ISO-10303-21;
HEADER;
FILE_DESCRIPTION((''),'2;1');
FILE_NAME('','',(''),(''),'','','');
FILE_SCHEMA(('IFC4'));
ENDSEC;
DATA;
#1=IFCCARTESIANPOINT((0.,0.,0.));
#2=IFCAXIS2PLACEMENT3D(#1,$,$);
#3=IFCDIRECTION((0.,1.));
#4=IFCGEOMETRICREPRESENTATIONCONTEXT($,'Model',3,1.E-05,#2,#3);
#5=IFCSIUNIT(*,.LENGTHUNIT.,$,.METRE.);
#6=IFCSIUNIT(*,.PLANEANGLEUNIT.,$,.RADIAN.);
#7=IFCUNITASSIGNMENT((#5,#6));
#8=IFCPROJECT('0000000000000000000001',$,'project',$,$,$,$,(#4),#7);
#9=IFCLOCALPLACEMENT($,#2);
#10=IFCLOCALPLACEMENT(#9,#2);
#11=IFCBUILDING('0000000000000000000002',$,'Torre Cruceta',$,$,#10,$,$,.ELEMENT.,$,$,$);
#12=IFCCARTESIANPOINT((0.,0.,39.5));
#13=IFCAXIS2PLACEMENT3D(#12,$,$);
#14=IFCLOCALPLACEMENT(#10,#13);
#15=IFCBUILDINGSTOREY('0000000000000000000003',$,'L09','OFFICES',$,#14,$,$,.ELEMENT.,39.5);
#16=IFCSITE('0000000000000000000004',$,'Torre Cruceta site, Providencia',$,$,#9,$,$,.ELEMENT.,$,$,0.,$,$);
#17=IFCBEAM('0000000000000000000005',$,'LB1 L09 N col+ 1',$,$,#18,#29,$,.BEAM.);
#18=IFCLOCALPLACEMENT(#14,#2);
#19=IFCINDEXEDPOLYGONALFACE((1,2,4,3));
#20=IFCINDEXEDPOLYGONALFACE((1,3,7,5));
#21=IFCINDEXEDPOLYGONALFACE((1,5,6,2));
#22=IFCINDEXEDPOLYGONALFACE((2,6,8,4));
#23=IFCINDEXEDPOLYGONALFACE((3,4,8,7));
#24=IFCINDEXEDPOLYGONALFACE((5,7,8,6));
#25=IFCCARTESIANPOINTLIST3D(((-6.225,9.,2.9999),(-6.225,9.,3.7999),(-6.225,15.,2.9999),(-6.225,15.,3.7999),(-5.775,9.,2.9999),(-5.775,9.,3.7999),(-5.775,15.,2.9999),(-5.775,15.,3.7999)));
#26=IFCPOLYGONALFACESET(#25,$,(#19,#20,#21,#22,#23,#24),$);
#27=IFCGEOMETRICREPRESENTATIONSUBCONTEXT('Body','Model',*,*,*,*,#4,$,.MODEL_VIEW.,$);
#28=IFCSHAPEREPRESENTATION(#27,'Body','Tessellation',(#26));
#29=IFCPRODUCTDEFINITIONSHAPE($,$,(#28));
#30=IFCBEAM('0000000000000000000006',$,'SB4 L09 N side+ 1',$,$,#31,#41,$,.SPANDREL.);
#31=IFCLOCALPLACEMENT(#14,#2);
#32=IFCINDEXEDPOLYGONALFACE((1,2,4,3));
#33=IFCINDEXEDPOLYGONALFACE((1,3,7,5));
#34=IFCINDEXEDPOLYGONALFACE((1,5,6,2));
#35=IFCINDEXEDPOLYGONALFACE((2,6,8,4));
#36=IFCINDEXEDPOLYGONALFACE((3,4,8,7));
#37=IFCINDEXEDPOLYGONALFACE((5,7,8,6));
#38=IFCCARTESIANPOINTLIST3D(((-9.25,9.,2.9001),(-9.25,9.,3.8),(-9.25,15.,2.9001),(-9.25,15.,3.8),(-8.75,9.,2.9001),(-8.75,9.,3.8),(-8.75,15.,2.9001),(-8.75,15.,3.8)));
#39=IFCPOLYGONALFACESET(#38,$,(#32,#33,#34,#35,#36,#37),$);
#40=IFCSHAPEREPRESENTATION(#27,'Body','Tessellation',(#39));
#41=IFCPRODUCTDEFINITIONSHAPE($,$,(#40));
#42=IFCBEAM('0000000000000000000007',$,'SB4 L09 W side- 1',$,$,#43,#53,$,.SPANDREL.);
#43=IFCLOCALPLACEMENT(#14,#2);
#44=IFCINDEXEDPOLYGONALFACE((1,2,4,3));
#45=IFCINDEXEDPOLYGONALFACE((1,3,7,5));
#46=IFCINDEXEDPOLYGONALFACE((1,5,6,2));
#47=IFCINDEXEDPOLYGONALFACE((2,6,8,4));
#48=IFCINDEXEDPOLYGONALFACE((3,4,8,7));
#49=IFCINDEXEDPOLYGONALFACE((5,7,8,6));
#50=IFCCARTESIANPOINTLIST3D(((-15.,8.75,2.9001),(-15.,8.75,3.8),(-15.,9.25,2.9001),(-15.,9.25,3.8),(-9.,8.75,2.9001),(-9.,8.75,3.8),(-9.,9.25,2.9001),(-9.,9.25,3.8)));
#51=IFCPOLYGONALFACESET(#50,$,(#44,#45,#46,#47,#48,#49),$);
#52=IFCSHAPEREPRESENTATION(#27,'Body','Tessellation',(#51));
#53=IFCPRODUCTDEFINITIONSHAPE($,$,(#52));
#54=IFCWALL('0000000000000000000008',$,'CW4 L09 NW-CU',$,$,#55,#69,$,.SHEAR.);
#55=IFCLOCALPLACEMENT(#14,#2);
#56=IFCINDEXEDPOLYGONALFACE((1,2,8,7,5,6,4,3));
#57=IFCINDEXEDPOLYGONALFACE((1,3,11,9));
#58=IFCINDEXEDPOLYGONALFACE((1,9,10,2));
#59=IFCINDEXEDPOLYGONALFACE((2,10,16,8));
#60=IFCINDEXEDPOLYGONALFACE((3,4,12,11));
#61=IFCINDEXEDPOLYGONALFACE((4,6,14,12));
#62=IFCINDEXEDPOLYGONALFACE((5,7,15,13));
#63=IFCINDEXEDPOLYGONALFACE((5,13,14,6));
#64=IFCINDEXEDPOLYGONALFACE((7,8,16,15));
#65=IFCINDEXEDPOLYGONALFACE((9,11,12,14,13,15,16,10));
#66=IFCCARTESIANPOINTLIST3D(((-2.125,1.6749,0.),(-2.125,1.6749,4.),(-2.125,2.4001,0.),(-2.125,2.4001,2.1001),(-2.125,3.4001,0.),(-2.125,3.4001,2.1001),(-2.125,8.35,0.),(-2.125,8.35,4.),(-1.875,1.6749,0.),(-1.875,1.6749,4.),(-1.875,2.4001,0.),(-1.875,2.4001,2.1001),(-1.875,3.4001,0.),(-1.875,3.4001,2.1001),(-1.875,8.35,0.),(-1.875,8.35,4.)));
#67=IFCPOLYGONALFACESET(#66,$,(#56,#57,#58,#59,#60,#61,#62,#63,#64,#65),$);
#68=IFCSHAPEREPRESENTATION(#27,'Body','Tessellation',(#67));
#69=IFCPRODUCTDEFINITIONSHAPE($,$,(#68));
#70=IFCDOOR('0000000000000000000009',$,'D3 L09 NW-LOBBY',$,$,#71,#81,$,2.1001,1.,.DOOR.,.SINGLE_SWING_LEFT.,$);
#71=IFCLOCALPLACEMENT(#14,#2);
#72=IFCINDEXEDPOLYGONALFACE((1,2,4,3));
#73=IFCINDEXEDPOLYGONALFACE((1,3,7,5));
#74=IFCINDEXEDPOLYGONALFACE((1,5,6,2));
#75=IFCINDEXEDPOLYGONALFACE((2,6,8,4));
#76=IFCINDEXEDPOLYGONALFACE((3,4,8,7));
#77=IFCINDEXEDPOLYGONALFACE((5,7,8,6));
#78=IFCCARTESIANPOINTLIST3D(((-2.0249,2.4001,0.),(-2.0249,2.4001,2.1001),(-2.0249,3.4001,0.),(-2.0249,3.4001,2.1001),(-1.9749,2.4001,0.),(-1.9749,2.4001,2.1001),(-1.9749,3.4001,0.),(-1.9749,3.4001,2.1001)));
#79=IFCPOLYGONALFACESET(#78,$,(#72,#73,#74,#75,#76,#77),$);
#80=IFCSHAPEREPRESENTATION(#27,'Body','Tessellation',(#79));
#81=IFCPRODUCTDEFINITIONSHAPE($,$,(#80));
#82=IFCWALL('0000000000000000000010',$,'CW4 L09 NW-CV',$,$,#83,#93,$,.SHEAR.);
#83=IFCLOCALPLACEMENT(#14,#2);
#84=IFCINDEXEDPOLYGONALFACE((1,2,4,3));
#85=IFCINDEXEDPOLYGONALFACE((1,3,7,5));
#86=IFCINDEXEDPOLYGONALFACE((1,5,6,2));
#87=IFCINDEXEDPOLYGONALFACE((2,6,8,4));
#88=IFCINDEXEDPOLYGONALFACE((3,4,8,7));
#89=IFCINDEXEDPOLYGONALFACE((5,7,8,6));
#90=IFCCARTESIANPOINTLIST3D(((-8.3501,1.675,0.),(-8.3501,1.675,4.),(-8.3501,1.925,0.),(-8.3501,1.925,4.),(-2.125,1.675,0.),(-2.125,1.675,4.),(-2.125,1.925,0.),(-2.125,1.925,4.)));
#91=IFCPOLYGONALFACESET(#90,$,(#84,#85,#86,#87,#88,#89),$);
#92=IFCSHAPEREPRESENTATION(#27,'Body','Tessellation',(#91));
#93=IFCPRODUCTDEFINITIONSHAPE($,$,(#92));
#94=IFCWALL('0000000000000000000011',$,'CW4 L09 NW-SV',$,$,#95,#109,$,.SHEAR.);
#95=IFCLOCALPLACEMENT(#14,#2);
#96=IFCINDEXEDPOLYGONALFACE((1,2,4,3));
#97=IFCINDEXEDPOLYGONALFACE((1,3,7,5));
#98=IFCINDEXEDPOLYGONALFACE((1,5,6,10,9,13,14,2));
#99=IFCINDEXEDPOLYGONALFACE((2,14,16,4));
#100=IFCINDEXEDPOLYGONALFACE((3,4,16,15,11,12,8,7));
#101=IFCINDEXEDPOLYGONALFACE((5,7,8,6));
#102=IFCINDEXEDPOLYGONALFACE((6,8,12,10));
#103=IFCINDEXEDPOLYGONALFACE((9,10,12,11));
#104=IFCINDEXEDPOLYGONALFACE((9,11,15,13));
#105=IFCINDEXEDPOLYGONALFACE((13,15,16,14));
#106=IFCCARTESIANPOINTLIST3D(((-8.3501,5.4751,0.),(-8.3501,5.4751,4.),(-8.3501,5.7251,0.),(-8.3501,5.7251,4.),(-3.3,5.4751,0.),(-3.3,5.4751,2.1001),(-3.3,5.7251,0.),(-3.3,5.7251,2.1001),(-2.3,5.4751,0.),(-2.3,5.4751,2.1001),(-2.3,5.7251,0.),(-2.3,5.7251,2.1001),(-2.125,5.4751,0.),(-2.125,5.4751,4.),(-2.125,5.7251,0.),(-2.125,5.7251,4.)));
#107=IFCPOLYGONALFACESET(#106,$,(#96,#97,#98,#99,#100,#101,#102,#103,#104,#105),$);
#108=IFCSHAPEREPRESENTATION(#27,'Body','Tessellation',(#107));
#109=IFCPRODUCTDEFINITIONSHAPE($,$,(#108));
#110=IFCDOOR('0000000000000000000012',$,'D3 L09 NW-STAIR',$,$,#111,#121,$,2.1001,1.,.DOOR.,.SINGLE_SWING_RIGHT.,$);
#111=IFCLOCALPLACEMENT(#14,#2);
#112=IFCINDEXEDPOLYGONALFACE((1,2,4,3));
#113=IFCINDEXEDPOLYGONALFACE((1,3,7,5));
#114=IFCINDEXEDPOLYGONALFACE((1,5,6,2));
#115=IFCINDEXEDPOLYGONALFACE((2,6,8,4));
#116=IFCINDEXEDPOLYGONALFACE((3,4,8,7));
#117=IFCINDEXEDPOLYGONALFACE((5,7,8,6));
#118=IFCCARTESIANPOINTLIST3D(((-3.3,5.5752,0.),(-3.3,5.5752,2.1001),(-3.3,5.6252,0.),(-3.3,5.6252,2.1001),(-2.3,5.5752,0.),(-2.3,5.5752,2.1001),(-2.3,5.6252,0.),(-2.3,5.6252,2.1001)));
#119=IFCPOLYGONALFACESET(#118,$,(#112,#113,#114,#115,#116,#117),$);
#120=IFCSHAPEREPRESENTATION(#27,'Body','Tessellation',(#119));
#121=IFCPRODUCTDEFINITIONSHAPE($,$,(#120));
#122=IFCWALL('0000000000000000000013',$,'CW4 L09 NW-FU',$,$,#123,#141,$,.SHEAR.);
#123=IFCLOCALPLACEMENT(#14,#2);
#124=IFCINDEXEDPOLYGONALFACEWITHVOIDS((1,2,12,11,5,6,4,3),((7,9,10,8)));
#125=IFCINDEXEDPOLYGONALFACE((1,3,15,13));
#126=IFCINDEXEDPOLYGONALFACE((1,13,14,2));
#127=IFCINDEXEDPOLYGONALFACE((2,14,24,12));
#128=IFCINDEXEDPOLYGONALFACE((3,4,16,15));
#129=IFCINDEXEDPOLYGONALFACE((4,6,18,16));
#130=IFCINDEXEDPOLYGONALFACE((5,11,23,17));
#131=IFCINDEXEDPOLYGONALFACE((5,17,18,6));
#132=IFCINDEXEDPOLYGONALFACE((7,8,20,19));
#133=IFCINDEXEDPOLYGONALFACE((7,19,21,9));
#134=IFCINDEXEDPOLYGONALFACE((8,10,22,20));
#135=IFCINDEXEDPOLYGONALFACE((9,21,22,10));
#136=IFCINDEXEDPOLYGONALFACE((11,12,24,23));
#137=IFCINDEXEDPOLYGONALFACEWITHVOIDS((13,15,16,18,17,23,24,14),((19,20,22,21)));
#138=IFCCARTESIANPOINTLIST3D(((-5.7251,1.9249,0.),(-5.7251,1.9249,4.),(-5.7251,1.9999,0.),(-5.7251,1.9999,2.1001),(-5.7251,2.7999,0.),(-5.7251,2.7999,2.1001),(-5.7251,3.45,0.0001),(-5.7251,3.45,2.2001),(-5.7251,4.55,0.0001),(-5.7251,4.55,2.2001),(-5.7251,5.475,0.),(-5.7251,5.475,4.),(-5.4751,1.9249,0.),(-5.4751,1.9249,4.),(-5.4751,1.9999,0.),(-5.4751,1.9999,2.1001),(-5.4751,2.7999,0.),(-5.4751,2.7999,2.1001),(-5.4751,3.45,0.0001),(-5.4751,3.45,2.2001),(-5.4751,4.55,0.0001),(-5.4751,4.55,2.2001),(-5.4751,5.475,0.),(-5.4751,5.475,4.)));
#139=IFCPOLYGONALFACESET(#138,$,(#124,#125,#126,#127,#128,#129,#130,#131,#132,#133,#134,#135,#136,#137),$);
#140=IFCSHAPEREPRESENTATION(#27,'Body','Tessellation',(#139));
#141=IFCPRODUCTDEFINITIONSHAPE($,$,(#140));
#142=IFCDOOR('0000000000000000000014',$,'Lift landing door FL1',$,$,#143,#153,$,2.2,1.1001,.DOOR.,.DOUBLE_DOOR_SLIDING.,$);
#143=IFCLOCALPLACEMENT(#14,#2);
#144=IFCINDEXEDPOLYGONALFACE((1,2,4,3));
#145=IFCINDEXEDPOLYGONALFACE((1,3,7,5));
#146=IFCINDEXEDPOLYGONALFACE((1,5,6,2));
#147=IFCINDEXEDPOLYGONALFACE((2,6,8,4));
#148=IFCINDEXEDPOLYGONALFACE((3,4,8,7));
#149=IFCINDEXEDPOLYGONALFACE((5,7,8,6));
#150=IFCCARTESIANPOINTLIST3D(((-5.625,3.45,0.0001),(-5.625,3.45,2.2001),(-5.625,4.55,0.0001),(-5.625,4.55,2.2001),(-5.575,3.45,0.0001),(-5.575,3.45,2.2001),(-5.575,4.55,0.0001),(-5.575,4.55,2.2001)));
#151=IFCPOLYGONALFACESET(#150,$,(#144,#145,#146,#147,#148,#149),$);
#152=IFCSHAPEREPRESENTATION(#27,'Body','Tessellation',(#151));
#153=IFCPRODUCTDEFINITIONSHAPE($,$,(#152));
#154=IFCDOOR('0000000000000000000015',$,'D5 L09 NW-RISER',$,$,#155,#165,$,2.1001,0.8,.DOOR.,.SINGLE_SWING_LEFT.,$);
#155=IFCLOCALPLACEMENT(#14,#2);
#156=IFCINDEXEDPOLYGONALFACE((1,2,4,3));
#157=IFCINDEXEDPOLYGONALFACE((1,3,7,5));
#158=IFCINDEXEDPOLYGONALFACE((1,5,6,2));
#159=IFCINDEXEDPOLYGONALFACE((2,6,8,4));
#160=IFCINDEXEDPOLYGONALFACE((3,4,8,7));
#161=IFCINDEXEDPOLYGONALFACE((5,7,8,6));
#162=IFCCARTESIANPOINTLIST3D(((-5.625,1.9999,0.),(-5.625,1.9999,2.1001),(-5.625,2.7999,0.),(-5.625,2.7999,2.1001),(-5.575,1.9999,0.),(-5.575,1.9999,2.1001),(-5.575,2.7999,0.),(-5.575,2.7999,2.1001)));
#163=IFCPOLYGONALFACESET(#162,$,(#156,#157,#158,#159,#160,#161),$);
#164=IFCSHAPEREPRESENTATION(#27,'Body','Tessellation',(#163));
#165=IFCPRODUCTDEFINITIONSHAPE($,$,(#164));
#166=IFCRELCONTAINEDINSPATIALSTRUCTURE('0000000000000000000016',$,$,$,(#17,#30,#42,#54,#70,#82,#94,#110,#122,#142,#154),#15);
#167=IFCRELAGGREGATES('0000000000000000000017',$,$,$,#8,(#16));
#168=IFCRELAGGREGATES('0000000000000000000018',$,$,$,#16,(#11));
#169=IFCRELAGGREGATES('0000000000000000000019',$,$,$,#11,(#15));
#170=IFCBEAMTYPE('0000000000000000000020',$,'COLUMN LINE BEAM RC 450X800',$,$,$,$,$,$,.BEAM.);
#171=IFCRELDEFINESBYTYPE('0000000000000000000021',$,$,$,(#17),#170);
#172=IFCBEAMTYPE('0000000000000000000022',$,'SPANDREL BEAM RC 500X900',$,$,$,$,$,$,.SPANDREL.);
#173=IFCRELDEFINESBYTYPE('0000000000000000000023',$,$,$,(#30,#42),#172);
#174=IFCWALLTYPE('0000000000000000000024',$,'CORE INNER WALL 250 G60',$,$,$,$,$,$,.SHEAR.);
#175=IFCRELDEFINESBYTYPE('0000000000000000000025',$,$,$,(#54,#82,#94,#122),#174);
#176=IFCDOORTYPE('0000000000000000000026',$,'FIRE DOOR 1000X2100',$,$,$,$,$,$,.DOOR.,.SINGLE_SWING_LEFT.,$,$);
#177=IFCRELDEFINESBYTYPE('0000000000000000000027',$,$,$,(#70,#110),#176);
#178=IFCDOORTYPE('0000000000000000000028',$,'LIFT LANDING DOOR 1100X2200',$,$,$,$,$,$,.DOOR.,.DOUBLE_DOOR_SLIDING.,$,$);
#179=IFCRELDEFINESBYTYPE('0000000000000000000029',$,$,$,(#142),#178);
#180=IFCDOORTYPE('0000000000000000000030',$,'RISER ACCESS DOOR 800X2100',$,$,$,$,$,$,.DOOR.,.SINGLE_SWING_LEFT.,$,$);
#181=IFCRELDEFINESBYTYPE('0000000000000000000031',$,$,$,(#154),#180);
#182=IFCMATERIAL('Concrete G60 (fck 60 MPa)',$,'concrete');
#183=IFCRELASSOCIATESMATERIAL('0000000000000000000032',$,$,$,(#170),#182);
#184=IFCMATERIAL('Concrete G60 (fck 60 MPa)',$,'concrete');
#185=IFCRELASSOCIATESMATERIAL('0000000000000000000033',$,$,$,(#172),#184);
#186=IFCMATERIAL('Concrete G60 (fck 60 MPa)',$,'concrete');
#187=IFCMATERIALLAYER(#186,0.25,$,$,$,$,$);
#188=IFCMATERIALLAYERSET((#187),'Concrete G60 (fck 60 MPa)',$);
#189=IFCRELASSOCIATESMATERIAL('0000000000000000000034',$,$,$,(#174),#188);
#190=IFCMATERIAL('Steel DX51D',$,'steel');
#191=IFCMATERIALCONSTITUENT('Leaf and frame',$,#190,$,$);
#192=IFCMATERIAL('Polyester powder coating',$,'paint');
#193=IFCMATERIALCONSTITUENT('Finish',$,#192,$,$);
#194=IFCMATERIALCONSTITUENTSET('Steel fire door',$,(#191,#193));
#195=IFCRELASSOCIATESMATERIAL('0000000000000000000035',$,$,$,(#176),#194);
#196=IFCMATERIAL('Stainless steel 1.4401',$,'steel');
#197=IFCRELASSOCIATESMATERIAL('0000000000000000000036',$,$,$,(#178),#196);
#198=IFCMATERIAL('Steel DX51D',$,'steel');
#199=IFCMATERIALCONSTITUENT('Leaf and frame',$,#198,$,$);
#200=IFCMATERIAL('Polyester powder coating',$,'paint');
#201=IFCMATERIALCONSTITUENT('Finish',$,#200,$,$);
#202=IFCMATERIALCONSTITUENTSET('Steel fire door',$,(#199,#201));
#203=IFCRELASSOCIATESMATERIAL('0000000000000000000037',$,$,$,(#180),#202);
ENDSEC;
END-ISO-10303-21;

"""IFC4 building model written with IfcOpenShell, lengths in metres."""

from ifc_helpers import new_model, si_unit, direction, frame, frame_2d, origin, origin_2d, place, context, subcontext, project, spatial, rectangle, extrude, material, layer, layer_set, constituent, constituent_set, material_profile, profile_set, type_object, element, fill, save


model = new_model("IFC4")

# Units and contexts
model_context = context("Model", 3, precision=1e-05, world=origin(), true_north=direction((0.0, 1.0)))
body_context = subcontext(model_context, "Body", "Model", "MODEL_VIEW")
ifc_project = project(units=[si_unit("LENGTHUNIT", "METRE"), si_unit("PLANEANGLEUNIT", "RADIAN")], contexts=[model_context])

# Site, building, storey
site_placement = place(None, origin())
site = spatial("IfcSite", under=ifc_project, at=site_placement, Name="Torre Cruceta site, Providencia", CompositionType="ELEMENT", RefElevation=0.0)
building_placement = place(site_placement, origin())
building = spatial("IfcBuilding", under=site, at=building_placement, Name="Torre Cruceta", CompositionType="ELEMENT")
storey_placement = place(building_placement, frame((0.0, 0.0, 39.5)))
storey = spatial("IfcBuildingStorey", under=building, at=storey_placement, Name="L09", Description="OFFICES", CompositionType="ELEMENT", Elevation=39.5)

# Beams
ifc_material_1 = material(Name="Concrete G60 (fck 60 MPa)", Category="concrete")
ifc_material_profile_1 = material_profile(ifc_material_1, rectangle(XDim=0.45, YDim=0.8, at=origin_2d()), Name="RC 450X800")
ifc_profile_set_1 = profile_set([ifc_material_profile_1], Name="Concrete G60 (fck 60 MPa)")
beam_type_1 = type_object("IfcBeamType", Name="COLUMN LINE BEAM RC 450X800", PredefinedType="BEAM", material=ifc_profile_set_1)
beam_placement = place(storey_placement, frame((-6.0, 9.0, 3.3999), z_axis=(0.0, 1.0, 0.0), x_axis=(-1.0, 0.0, 0.0)))
element("IfcBeam", 1, at=beam_placement, inside=storey, type_object=beam_type_1, Name="LB1 L09 N col+ 1", PredefinedType="BEAM", context=body_context, shape_type="SweptSolid", body=[
    extrude(rectangle(XDim=0.45, YDim=0.8, at=origin_2d()), origin(), (0.0, 0.0, 1.0), 6.0),
])
ifc_material_2 = material(Name="Concrete G60 (fck 60 MPa)", Category="concrete")
ifc_material_profile_2 = material_profile(ifc_material_2, rectangle(XDim=0.5, YDim=0.8999, at=origin_2d()), Name="RC 500X900")
ifc_profile_set_2 = profile_set([ifc_material_profile_2], Name="Concrete G60 (fck 60 MPa)")
beam_type_2 = type_object("IfcBeamType", Name="SPANDREL BEAM RC 500X900", PredefinedType="SPANDREL", material=ifc_profile_set_2)
for number, where, z_axis, x_axis, name in (
    (2, (-9.0, 9.0, 3.3501), (0.0, 1.0, 0.0), (-1.0, 0.0, 0.0), "SB4 L09 N side+ 1"),
    (3, (-9.0, 9.0, 3.3501), (-1.0, 0.0, 0.0), (0.0, -1.0, 0.0), "SB4 L09 W side- 1"),
):
    element("IfcBeam", number, at=place(storey_placement, frame(where, z_axis=z_axis, x_axis=x_axis)), inside=storey, type_object=beam_type_2, Name=name, PredefinedType="SPANDREL", context=body_context, shape_type="SweptSolid", body=[
        extrude(rectangle(XDim=0.5, YDim=0.8999, at=origin_2d()), origin(), (0.0, 0.0, 1.0), 6.0),
    ])

# Wall, opening, door
ifc_material_3 = material(Name="Concrete G60 (fck 60 MPa)", Category="concrete")
ifc_layer_1 = layer(ifc_material_3, 0.25)
ifc_layer_set_1 = layer_set([ifc_layer_1], Name="Concrete G60 (fck 60 MPa)")
wall_type_1 = type_object("IfcWallType", Name="CORE INNER WALL 250 G60", PredefinedType="SHEAR", material=ifc_layer_set_1)
wall_1_placement = place(storey_placement, frame((-2.0, 1.675, 0.0), z_axis=(0.0, 0.0, 1.0), x_axis=(0.0, 1.0, 0.0)))
wall_1 = element("IfcWall", 4, at=wall_1_placement, inside=storey, type_object=wall_type_1, Name="CW4 L09 NW-CU", PredefinedType="SHEAR", context=body_context, shape_type="SweptSolid", body=[
    extrude(rectangle(XDim=6.675, YDim=0.25, at=frame_2d((3.3374, 0.0))), origin(), (0.0, 0.0, 1.0), 4.0),
])
opening_1_placement = place(wall_1_placement, frame((0.7251, 0.0, 0.0)))
opening_1 = element("IfcOpeningElement", 5, at=opening_1_placement, cuts=wall_1, PredefinedType="OPENING", context=body_context, shape_type="SweptSolid", body=[
    extrude(rectangle(XDim=1.0, YDim=2.1001, at=frame_2d((0.5, 1.05))), frame((0.0, 0.135, 0.0), z_axis=(0.0, -1.0, 0.0), x_axis=(1.0, 0.0, 0.0)), (0.0, 0.0, 1.0), 0.27),
])
ifc_material_4 = material(Name="Steel DX51D", Category="steel")
ifc_constituent_1 = constituent(ifc_material_4, Name="Leaf and frame")
ifc_material_5 = material(Name="Polyester powder coating", Category="paint")
ifc_constituent_2 = constituent(ifc_material_5, Name="Finish")
ifc_constituent_set_1 = constituent_set(constituents=[ifc_constituent_1, ifc_constituent_2], Name="Steel fire door")
door_type_1 = type_object("IfcDoorType", Name="FIRE DOOR 1000X2100", OperationType="SINGLE_SWING_LEFT", PredefinedType="DOOR", material=ifc_constituent_set_1)
door_1_placement = place(opening_1_placement, origin())
door_1 = element("IfcDoor", 6, at=door_1_placement, inside=storey, type_object=door_type_1, Name="D3 L09 NW-LOBBY", OperationType="SINGLE_SWING_LEFT", OverallHeight=2.1001, OverallWidth=1.0, PredefinedType="DOOR", context=body_context, shape_type="SweptSolid", body=[
    extrude(rectangle(XDim=1.0, YDim=2.1001, at=frame_2d((0.5, 1.05))), frame((0.0, 0.0249, 0.0), z_axis=(0.0, -1.0, 0.0), x_axis=(1.0, 0.0, 0.0)), (0.0, 0.0, 1.0), 0.05),
])
fill(opening_1, door_1)

# Wall
wall_2_placement = place(storey_placement, frame((-2.125, 1.8, 0.0), z_axis=(0.0, 0.0, 1.0), x_axis=(-1.0, 0.0, 0.0)))
element("IfcWall", 7, at=wall_2_placement, inside=storey, type_object=wall_type_1, Name="CW4 L09 NW-CV", PredefinedType="SHEAR", context=body_context, shape_type="SweptSolid", body=[
    extrude(rectangle(XDim=6.2251, YDim=0.25, at=frame_2d((3.1125, 0.0))), origin(), (0.0, 0.0, 1.0), 4.0),
])

# Wall, opening, door
wall_3_placement = place(storey_placement, frame((-2.125, 5.6001, 0.0), z_axis=(0.0, 0.0, 1.0), x_axis=(-1.0, 0.0, 0.0)))
wall_3 = element("IfcWall", 8, at=wall_3_placement, inside=storey, type_object=wall_type_1, Name="CW4 L09 NW-SV", PredefinedType="SHEAR", context=body_context, shape_type="SweptSolid", body=[
    extrude(rectangle(XDim=6.2251, YDim=0.25, at=frame_2d((3.1125, 0.0))), origin(), (0.0, 0.0, 1.0), 4.0),
])
opening_2_placement = place(wall_3_placement, frame((0.175, 0.0, 0.0)))
opening_2 = element("IfcOpeningElement", 9, at=opening_2_placement, cuts=wall_3, PredefinedType="OPENING", context=body_context, shape_type="SweptSolid", body=[
    extrude(rectangle(XDim=1.0, YDim=2.1001, at=frame_2d((0.5, 1.05))), frame((0.0, 0.135, 0.0), z_axis=(0.0, -1.0, 0.0), x_axis=(1.0, 0.0, 0.0)), (0.0, 0.0, 1.0), 0.27),
])
door_2_placement = place(opening_2_placement, frame((1.0, 0.0, 0.0), z_axis=(0.0, 0.0, 1.0), x_axis=(-1.0, 0.0, 0.0)))
door_2 = element("IfcDoor", 10, at=door_2_placement, inside=storey, type_object=door_type_1, Name="D3 L09 NW-STAIR", OperationType="SINGLE_SWING_RIGHT", OverallHeight=2.1001, OverallWidth=1.0, PredefinedType="DOOR", context=body_context, shape_type="SweptSolid", body=[
    extrude(rectangle(XDim=1.0, YDim=2.1001, at=frame_2d((0.5, 1.05))), frame((0.0, 0.0251, 0.0), z_axis=(0.0, -1.0, 0.0), x_axis=(1.0, 0.0, 0.0)), (0.0, 0.0, 1.0), 0.05),
])
fill(opening_2, door_2)

# Wall, openings, doors
wall_4_placement = place(storey_placement, frame((-5.6001, 1.925, 0.0), z_axis=(0.0, 0.0, 1.0), x_axis=(0.0, 1.0, 0.0)))
wall_4 = element("IfcWall", 11, at=wall_4_placement, inside=storey, type_object=wall_type_1, Name="CW4 L09 NW-FU", PredefinedType="SHEAR", context=body_context, shape_type="SweptSolid", body=[
    extrude(rectangle(XDim=3.55, YDim=0.25, at=frame_2d((1.7749, 0.0))), origin(), (0.0, 0.0, 1.0), 4.0),
])
opening_3_placement = place(wall_4_placement, frame((1.5249, 0.0, 0.0)))
opening_3 = element("IfcOpeningElement", 12, at=opening_3_placement, cuts=wall_4, PredefinedType="OPENING", context=body_context, shape_type="SweptSolid", body=[
    extrude(rectangle(XDim=1.1001, YDim=2.2, at=frame_2d((0.55, 1.1001))), frame((0.0, 0.135, 0.0), z_axis=(0.0, -1.0, 0.0), x_axis=(1.0, 0.0, 0.0)), (0.0, 0.0, 1.0), 0.27),
])
opening_4_placement = place(wall_4_placement, frame((0.075, 0.0, 0.0)))
opening_4 = element("IfcOpeningElement", 13, at=opening_4_placement, cuts=wall_4, PredefinedType="OPENING", context=body_context, shape_type="SweptSolid", body=[
    extrude(rectangle(XDim=0.8, YDim=2.1001, at=frame_2d((0.3999, 1.05))), frame((0.0, 0.135, 0.0), z_axis=(0.0, -1.0, 0.0), x_axis=(1.0, 0.0, 0.0)), (0.0, 0.0, 1.0), 0.27),
])
ifc_material_6 = material(Name="Stainless steel 1.4401", Category="steel")
door_type_2 = type_object("IfcDoorType", Name="LIFT LANDING DOOR 1100X2200", OperationType="DOUBLE_DOOR_SLIDING", PredefinedType="DOOR", material=ifc_material_6)
door_3_placement = place(opening_3_placement, origin())
door_3 = element("IfcDoor", 14, at=door_3_placement, inside=storey, type_object=door_type_2, Name="Lift landing door FL1", OperationType="DOUBLE_DOOR_SLIDING", OverallHeight=2.2, OverallWidth=1.1001, PredefinedType="DOOR", context=body_context, shape_type="SweptSolid", body=[
    extrude(rectangle(XDim=1.1001, YDim=2.2, at=frame_2d((0.55, 1.1001))), frame((0.0, 0.0249, 0.0), z_axis=(0.0, -1.0, 0.0), x_axis=(1.0, 0.0, 0.0)), (0.0, 0.0, 1.0), 0.05),
])
fill(opening_3, door_3)
ifc_material_7 = material(Name="Steel DX51D", Category="steel")
ifc_constituent_3 = constituent(ifc_material_7, Name="Leaf and frame")
ifc_material_8 = material(Name="Polyester powder coating", Category="paint")
ifc_constituent_4 = constituent(ifc_material_8, Name="Finish")
ifc_constituent_set_2 = constituent_set(constituents=[ifc_constituent_3, ifc_constituent_4], Name="Steel fire door")
door_type_3 = type_object("IfcDoorType", Name="RISER ACCESS DOOR 800X2100", OperationType="SINGLE_SWING_LEFT", PredefinedType="DOOR", material=ifc_constituent_set_2)
door_4_placement = place(opening_4_placement, origin())
door_4 = element("IfcDoor", 15, at=door_4_placement, inside=storey, type_object=door_type_3, Name="D5 L09 NW-RISER", OperationType="SINGLE_SWING_LEFT", OverallHeight=2.1001, OverallWidth=0.8, PredefinedType="DOOR", context=body_context, shape_type="SweptSolid", body=[
    extrude(rectangle(XDim=0.8, YDim=2.1001, at=frame_2d((0.3999, 1.05))), frame((0.0, 0.0249, 0.0), z_axis=(0.0, -1.0, 0.0), x_axis=(1.0, 0.0, 0.0)), (0.0, 0.0, 1.0), 0.05),
])
fill(opening_4, door_4)

save(model, "model.ifc")
